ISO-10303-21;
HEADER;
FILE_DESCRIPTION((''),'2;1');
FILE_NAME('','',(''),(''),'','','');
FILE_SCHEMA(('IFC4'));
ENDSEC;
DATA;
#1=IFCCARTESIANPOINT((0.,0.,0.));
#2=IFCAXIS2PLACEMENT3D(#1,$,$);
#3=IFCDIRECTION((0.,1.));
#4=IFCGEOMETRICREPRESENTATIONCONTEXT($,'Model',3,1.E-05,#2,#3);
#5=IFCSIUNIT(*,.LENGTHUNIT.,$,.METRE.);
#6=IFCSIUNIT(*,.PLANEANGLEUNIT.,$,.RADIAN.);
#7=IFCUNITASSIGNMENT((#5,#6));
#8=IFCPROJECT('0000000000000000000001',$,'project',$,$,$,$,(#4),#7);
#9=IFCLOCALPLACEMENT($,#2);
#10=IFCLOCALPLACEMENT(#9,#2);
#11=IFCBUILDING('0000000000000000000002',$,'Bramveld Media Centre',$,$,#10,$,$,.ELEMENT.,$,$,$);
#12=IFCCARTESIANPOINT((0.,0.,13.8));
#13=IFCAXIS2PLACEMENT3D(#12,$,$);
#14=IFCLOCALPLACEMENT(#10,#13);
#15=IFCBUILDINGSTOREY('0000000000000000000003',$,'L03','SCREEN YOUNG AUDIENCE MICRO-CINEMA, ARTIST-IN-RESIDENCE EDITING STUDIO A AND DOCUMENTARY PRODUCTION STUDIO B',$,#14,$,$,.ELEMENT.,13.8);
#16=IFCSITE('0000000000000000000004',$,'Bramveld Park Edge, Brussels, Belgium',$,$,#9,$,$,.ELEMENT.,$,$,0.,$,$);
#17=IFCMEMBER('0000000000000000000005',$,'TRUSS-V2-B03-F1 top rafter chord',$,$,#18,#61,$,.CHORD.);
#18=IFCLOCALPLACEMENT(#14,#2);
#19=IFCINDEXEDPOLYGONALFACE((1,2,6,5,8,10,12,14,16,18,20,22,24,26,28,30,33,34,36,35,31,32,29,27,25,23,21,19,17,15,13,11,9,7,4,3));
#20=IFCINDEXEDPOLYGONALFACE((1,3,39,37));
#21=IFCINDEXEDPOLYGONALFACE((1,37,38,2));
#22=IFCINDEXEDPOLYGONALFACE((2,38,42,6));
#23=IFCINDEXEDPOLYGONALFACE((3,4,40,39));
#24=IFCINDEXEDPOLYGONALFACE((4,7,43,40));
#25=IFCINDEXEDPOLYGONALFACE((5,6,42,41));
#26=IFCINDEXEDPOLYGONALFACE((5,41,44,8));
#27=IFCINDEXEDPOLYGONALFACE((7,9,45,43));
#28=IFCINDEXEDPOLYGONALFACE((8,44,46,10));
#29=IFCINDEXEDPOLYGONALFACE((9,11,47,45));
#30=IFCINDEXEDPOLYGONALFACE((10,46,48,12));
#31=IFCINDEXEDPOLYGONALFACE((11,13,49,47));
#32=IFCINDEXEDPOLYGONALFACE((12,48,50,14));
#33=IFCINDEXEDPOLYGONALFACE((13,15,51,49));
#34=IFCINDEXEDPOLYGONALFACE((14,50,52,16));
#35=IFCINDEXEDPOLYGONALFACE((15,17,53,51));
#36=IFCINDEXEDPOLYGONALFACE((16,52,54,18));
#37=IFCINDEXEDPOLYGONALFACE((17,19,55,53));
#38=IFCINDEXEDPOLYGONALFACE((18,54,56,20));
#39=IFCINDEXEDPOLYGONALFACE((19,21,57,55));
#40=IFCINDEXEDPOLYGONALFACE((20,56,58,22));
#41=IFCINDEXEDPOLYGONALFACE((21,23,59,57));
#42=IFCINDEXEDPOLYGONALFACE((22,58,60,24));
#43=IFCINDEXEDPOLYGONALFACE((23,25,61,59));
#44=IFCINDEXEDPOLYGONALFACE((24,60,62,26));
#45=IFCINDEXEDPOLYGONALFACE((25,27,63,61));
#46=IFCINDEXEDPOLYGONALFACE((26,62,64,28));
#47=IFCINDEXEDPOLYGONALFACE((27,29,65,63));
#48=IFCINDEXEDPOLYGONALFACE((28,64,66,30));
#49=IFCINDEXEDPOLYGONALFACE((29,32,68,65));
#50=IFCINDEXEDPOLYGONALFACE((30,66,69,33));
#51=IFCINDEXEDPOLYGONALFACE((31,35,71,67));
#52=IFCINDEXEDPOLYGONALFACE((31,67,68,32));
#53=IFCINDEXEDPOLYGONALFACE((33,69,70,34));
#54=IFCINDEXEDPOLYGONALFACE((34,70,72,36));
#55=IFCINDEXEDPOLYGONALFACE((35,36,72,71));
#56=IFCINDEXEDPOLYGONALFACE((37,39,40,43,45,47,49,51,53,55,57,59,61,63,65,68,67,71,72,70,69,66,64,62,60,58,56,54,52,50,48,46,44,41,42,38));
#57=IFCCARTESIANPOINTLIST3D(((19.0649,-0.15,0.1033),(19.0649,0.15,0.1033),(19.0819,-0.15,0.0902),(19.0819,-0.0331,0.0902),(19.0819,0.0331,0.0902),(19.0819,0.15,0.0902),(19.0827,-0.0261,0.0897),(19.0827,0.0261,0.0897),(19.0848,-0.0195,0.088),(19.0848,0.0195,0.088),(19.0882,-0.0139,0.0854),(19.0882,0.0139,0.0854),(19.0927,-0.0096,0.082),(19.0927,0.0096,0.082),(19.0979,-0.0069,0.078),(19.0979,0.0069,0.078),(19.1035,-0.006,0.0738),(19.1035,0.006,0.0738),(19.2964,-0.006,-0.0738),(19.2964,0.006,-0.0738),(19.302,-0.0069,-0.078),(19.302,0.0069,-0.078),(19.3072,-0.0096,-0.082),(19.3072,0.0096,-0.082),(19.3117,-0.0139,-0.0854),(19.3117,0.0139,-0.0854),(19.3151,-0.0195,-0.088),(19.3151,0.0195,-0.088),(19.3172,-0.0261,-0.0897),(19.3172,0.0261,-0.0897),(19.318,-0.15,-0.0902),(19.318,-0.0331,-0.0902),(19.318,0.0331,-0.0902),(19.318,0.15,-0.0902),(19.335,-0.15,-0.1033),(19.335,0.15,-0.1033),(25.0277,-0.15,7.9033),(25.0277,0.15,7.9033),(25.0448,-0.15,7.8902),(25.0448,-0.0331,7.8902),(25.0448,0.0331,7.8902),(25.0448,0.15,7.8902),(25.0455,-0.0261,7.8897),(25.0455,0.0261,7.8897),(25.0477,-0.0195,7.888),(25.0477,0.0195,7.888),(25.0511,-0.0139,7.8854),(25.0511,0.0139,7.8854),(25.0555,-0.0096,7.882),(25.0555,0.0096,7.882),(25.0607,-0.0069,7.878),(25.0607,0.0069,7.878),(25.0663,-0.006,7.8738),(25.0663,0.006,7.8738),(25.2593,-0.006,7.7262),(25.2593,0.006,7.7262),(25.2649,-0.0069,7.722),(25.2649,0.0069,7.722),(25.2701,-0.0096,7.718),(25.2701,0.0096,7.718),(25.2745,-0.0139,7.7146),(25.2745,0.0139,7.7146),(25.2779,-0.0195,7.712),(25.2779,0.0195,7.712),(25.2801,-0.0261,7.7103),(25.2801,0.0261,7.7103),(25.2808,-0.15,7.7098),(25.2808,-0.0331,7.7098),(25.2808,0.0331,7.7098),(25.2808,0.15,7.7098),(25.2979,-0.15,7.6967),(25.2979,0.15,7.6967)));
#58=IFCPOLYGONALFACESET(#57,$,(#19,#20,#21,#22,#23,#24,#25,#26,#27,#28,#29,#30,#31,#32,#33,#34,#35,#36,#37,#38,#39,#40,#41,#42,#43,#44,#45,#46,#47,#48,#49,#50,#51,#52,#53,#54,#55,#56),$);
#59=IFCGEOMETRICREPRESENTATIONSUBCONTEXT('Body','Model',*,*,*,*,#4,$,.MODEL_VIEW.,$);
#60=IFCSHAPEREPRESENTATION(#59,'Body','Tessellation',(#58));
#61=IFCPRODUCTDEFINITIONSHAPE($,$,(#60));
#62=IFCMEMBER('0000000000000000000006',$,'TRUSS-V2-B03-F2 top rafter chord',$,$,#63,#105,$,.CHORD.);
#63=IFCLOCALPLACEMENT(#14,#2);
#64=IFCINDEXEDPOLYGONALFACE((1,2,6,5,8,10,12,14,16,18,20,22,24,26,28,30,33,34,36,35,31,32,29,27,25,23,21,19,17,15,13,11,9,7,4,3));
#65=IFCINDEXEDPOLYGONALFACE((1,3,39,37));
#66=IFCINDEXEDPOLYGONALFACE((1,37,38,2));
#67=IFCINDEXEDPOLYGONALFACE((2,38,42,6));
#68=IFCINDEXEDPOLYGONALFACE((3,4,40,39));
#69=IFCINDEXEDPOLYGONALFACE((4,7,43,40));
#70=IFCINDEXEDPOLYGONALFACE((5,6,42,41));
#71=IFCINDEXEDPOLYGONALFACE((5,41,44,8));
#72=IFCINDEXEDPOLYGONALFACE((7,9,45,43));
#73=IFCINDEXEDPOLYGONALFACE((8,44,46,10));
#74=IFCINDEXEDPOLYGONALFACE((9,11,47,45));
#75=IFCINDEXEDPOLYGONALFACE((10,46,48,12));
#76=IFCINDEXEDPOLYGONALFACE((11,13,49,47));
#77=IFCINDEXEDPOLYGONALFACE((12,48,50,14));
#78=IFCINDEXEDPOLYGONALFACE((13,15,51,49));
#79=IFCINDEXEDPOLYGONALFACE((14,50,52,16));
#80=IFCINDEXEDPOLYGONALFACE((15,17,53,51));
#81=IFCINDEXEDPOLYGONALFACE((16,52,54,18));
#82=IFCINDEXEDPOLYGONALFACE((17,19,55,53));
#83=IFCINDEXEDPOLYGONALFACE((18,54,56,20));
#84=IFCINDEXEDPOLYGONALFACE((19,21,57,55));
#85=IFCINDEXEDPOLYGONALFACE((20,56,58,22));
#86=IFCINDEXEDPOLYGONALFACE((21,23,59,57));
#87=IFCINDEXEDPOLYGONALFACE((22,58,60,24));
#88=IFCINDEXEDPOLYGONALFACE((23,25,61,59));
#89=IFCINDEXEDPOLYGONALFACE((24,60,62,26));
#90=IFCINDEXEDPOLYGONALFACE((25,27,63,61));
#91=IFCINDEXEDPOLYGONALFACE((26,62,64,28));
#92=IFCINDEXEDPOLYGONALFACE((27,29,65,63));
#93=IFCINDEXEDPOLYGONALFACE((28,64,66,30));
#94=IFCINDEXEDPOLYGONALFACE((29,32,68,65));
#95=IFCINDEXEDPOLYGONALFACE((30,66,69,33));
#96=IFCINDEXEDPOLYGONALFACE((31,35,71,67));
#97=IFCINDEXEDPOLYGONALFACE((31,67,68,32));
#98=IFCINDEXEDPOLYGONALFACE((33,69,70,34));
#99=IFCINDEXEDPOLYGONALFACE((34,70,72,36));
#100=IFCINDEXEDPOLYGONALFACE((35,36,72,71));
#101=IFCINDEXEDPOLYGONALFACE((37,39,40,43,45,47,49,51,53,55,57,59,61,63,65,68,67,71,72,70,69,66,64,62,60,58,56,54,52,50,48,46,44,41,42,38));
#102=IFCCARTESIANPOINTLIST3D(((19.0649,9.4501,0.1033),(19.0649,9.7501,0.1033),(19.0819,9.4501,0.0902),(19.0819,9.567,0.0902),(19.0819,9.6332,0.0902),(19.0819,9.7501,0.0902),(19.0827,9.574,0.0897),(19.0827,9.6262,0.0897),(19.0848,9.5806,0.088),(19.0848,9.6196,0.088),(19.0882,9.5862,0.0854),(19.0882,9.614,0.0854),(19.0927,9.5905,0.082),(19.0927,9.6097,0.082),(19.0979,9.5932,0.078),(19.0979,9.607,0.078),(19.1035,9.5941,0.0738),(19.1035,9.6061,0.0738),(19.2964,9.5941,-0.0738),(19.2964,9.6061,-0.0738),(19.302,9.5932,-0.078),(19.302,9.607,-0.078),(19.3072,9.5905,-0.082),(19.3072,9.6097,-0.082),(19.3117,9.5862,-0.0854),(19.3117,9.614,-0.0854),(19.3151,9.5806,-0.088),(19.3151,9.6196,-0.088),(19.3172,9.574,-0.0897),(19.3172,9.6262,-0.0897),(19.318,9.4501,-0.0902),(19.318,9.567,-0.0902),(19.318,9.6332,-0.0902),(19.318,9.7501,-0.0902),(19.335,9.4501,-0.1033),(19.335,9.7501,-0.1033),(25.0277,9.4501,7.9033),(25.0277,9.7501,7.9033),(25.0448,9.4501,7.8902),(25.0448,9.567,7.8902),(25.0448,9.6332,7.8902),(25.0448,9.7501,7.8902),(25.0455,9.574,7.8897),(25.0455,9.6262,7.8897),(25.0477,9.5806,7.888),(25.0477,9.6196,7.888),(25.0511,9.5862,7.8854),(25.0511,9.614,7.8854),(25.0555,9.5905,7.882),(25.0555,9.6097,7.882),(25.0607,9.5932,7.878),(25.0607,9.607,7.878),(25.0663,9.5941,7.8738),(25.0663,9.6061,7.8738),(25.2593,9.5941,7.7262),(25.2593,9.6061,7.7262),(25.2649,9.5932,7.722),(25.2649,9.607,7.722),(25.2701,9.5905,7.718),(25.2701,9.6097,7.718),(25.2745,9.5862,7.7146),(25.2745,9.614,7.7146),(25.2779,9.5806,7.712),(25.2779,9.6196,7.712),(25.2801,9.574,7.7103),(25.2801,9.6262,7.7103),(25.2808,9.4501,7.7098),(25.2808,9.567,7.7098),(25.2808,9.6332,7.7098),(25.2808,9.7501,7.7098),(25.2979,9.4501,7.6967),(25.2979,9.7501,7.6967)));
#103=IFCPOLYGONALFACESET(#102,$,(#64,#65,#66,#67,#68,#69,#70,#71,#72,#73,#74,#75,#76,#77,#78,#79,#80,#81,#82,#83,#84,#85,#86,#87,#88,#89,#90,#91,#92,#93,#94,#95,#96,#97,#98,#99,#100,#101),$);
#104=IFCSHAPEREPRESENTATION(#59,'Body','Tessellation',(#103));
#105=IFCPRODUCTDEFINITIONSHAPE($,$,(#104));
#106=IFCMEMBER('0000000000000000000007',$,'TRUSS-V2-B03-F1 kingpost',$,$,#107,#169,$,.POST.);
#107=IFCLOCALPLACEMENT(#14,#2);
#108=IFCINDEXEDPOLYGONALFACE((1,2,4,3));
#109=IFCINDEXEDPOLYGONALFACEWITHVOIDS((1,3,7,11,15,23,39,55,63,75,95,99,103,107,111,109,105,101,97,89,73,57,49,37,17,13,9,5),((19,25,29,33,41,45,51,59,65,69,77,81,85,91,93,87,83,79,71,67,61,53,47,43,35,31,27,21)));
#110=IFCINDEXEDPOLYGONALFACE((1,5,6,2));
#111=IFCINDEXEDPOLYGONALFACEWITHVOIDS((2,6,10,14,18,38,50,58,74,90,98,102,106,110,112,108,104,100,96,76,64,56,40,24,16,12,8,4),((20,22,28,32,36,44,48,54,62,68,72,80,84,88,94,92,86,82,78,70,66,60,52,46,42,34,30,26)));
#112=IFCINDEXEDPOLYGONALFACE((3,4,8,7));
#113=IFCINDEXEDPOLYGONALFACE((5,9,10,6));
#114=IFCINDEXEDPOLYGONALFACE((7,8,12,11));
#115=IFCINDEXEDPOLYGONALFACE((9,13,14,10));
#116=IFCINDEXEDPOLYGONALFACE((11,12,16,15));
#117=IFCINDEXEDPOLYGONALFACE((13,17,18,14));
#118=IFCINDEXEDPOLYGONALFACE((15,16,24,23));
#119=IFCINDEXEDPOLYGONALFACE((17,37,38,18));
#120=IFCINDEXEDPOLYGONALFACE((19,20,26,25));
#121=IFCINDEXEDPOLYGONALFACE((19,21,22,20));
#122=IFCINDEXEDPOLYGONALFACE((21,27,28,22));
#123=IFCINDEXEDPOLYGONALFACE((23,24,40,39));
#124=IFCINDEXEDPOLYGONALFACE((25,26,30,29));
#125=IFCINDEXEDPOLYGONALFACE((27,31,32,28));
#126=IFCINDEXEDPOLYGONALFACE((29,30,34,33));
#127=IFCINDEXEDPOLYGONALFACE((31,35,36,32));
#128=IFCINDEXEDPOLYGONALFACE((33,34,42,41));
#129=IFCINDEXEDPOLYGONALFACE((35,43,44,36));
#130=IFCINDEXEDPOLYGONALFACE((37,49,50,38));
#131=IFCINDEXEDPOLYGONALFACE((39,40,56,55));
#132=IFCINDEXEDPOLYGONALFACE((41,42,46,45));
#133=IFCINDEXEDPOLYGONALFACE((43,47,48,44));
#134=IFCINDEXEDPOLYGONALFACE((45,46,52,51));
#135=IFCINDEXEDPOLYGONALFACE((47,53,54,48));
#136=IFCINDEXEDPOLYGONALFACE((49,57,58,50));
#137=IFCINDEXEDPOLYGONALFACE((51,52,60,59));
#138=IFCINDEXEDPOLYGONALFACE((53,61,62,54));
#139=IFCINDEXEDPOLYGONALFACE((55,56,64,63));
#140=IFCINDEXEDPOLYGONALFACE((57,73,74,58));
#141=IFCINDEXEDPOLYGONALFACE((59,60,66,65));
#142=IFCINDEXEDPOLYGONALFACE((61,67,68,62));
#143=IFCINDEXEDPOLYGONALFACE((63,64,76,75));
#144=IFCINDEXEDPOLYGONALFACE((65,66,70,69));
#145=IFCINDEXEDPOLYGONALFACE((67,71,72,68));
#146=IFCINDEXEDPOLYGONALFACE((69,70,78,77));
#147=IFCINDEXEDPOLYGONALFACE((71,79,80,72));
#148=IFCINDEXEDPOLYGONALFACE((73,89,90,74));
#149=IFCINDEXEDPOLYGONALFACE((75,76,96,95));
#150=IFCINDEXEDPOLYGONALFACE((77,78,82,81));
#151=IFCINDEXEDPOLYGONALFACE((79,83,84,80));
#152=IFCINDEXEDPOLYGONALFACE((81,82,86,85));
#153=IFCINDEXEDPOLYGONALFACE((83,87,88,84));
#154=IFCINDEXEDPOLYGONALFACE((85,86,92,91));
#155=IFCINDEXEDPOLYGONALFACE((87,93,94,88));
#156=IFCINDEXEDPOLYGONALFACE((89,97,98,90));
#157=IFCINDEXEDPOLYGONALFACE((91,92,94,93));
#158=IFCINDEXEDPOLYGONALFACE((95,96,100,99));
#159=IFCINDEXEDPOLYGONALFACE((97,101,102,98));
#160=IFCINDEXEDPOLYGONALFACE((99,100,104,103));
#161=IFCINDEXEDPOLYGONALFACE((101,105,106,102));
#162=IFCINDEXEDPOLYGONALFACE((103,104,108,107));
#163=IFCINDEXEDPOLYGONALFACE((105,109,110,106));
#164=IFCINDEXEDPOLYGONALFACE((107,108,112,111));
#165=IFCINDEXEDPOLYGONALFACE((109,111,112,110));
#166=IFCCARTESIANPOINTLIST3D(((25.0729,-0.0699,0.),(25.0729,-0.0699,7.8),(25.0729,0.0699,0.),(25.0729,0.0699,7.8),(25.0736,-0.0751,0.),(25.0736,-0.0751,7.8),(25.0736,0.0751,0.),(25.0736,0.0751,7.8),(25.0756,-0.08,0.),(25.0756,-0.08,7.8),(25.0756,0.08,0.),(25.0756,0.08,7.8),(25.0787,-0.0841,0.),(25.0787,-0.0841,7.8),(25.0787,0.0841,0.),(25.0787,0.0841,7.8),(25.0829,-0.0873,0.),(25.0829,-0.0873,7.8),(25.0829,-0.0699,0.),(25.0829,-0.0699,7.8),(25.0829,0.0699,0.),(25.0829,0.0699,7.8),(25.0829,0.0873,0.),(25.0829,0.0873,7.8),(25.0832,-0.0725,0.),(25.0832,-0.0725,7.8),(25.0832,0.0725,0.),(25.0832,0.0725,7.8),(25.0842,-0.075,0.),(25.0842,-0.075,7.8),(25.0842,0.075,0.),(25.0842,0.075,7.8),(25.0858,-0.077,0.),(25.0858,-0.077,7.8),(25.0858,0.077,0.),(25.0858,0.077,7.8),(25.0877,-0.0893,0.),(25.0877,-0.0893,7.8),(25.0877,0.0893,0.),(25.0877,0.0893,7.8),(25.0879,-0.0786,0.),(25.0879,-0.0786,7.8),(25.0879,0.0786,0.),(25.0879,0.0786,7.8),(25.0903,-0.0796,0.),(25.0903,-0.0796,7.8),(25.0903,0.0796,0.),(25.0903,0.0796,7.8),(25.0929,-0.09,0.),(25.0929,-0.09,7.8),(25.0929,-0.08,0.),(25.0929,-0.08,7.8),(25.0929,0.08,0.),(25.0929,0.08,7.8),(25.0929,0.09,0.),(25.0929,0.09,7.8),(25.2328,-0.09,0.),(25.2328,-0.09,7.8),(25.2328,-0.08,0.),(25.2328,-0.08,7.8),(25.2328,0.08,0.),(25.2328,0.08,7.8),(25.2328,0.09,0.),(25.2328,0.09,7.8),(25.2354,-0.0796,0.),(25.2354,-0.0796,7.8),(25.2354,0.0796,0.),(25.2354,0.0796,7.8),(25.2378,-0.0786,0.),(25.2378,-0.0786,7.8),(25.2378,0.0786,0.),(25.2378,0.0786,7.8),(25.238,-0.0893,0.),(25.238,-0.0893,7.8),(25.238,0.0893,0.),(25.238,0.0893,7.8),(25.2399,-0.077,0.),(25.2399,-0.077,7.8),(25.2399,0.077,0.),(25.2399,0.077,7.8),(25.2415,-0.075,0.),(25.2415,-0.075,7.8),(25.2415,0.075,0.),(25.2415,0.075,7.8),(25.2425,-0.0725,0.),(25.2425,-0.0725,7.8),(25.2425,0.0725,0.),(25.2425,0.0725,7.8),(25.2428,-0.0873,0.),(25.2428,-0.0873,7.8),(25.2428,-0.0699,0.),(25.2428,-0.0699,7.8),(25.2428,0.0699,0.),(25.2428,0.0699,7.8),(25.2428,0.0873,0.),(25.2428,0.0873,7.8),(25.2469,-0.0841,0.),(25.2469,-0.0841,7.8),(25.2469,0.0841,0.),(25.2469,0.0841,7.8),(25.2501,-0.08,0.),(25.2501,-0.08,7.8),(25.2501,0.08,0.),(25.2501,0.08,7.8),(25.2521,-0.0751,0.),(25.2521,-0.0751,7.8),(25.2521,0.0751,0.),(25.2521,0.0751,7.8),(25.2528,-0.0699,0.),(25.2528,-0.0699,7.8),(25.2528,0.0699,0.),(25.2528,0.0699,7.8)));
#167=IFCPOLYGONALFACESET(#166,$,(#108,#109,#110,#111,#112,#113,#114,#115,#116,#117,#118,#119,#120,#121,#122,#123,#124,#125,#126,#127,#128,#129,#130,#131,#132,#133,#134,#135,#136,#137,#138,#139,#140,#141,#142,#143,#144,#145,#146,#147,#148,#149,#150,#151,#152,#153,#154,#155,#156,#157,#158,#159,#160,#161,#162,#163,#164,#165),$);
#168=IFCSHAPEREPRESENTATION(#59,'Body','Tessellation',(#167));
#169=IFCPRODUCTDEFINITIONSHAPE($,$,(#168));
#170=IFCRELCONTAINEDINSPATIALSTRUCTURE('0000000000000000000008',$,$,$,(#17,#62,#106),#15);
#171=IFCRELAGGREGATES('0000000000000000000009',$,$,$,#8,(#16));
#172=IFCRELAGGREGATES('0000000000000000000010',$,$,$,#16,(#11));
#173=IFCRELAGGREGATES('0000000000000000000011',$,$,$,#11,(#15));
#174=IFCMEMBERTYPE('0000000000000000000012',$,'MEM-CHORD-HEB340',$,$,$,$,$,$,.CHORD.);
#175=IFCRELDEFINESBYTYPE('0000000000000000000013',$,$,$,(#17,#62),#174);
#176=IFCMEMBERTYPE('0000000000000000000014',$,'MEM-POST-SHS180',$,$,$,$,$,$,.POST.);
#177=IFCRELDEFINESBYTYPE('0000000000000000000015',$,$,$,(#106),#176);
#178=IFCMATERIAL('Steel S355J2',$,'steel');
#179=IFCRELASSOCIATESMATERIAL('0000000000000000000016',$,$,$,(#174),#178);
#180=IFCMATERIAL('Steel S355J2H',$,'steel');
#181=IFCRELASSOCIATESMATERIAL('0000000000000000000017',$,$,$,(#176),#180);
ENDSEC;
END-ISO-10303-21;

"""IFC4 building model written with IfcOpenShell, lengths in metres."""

from ifc_helpers import new_model, si_unit, direction, frame, origin, origin_2d, place, context, subcontext, project, spatial, hollow_rectangle, i_section, extrude, material, material_profile, profile_set, type_object, element, save


model = new_model("IFC4")

# Units and contexts
model_context = context("Model", 3, precision=1e-05, world=origin(), true_north=direction((0.0, 1.0)))
body_context = subcontext(model_context, "Body", "Model", "MODEL_VIEW")
ifc_project = project(units=[si_unit("LENGTHUNIT", "METRE"), si_unit("PLANEANGLEUNIT", "RADIAN")], contexts=[model_context])

# Site, building, storey
site_placement = place(None, origin())
site = spatial("IfcSite", under=ifc_project, at=site_placement, Name="Bramveld Park Edge, Brussels, Belgium", CompositionType="ELEMENT", RefElevation=0.0)
building_placement = place(site_placement, origin())
building = spatial("IfcBuilding", under=site, at=building_placement, Name="Bramveld Media Centre", CompositionType="ELEMENT")
storey_placement = place(building_placement, frame((0.0, 0.0, 13.8)))
storey = spatial("IfcBuildingStorey", under=building, at=storey_placement, Name="L03", Description="SCREEN YOUNG AUDIENCE MICRO-CINEMA, ARTIST-IN-RESIDENCE EDITING STUDIO A AND DOCUMENTARY PRODUCTION STUDIO B", CompositionType="ELEMENT", Elevation=13.8)

# Members
ifc_material_1 = material(Name="Steel S355J2", Category="steel")
ifc_material_profile_1 = material_profile(ifc_material_1, i_section(OverallWidth=0.3, OverallDepth=0.3401, WebThickness=0.012, FlangeThickness=0.0215, FilletRadius=0.0271, at=origin_2d()), Name="HEB 340")
ifc_profile_set_1 = profile_set([ifc_material_profile_1], Name="Steel S355J2")
member_type_1 = type_object("IfcMemberType", Name="MEM-CHORD-HEB340", PredefinedType="CHORD", material=ifc_profile_set_1)
for number, where, z_axis, x_axis, name in (
    (1, (19.2, 0.0, 0.0), (0.607331, 0.0, 0.794449), (0.0, 1.0, 0.0), "TRUSS-V2-B03-F1 top rafter chord"),
    (2, (19.2, 9.6001, 0.0), (0.607331, 0.0, 0.794449), (0.0, 1.0, 0.0), "TRUSS-V2-B03-F2 top rafter chord"),
):
    element("IfcMember", number, at=place(storey_placement, frame(where, z_axis=z_axis, x_axis=x_axis)), inside=storey, type_object=member_type_1, Name=name, PredefinedType="CHORD", context=body_context, shape_type="SweptSolid", body=[
        extrude(i_section(OverallWidth=0.3, OverallDepth=0.3401, WebThickness=0.012, FlangeThickness=0.0215, FilletRadius=0.0271, at=origin_2d()), origin(), (0.0, 0.0, 1.0), 9.8181),
    ])
ifc_material_2 = material(Name="Steel S355J2H", Category="steel")
ifc_material_profile_2 = material_profile(ifc_material_2, hollow_rectangle(XDim=0.1799, YDim=0.1799, WallThickness=0.01, InnerFilletRadius=0.01, OuterFilletRadius=0.02, at=origin_2d()), Name="SHS 180x180x10")
ifc_profile_set_2 = profile_set([ifc_material_profile_2], Name="Steel S355J2H")
member_type_2 = type_object("IfcMemberType", Name="MEM-POST-SHS180", PredefinedType="POST", material=ifc_profile_set_2)
member_1_placement = place(storey_placement, frame((25.1628, 0.0, 0.0), z_axis=(0.0, 0.0, 1.0), x_axis=(1.0, 0.0, 0.0)))
element("IfcMember", 3, at=member_1_placement, inside=storey, type_object=member_type_2, Name="TRUSS-V2-B03-F1 kingpost", PredefinedType="POST", context=body_context, shape_type="SweptSolid", body=[
    extrude(hollow_rectangle(XDim=0.1799, YDim=0.1799, WallThickness=0.01, InnerFilletRadius=0.01, OuterFilletRadius=0.02, at=origin_2d()), origin(), (0.0, 0.0, 1.0), 7.8),
])

save(model, "model.ifc")
